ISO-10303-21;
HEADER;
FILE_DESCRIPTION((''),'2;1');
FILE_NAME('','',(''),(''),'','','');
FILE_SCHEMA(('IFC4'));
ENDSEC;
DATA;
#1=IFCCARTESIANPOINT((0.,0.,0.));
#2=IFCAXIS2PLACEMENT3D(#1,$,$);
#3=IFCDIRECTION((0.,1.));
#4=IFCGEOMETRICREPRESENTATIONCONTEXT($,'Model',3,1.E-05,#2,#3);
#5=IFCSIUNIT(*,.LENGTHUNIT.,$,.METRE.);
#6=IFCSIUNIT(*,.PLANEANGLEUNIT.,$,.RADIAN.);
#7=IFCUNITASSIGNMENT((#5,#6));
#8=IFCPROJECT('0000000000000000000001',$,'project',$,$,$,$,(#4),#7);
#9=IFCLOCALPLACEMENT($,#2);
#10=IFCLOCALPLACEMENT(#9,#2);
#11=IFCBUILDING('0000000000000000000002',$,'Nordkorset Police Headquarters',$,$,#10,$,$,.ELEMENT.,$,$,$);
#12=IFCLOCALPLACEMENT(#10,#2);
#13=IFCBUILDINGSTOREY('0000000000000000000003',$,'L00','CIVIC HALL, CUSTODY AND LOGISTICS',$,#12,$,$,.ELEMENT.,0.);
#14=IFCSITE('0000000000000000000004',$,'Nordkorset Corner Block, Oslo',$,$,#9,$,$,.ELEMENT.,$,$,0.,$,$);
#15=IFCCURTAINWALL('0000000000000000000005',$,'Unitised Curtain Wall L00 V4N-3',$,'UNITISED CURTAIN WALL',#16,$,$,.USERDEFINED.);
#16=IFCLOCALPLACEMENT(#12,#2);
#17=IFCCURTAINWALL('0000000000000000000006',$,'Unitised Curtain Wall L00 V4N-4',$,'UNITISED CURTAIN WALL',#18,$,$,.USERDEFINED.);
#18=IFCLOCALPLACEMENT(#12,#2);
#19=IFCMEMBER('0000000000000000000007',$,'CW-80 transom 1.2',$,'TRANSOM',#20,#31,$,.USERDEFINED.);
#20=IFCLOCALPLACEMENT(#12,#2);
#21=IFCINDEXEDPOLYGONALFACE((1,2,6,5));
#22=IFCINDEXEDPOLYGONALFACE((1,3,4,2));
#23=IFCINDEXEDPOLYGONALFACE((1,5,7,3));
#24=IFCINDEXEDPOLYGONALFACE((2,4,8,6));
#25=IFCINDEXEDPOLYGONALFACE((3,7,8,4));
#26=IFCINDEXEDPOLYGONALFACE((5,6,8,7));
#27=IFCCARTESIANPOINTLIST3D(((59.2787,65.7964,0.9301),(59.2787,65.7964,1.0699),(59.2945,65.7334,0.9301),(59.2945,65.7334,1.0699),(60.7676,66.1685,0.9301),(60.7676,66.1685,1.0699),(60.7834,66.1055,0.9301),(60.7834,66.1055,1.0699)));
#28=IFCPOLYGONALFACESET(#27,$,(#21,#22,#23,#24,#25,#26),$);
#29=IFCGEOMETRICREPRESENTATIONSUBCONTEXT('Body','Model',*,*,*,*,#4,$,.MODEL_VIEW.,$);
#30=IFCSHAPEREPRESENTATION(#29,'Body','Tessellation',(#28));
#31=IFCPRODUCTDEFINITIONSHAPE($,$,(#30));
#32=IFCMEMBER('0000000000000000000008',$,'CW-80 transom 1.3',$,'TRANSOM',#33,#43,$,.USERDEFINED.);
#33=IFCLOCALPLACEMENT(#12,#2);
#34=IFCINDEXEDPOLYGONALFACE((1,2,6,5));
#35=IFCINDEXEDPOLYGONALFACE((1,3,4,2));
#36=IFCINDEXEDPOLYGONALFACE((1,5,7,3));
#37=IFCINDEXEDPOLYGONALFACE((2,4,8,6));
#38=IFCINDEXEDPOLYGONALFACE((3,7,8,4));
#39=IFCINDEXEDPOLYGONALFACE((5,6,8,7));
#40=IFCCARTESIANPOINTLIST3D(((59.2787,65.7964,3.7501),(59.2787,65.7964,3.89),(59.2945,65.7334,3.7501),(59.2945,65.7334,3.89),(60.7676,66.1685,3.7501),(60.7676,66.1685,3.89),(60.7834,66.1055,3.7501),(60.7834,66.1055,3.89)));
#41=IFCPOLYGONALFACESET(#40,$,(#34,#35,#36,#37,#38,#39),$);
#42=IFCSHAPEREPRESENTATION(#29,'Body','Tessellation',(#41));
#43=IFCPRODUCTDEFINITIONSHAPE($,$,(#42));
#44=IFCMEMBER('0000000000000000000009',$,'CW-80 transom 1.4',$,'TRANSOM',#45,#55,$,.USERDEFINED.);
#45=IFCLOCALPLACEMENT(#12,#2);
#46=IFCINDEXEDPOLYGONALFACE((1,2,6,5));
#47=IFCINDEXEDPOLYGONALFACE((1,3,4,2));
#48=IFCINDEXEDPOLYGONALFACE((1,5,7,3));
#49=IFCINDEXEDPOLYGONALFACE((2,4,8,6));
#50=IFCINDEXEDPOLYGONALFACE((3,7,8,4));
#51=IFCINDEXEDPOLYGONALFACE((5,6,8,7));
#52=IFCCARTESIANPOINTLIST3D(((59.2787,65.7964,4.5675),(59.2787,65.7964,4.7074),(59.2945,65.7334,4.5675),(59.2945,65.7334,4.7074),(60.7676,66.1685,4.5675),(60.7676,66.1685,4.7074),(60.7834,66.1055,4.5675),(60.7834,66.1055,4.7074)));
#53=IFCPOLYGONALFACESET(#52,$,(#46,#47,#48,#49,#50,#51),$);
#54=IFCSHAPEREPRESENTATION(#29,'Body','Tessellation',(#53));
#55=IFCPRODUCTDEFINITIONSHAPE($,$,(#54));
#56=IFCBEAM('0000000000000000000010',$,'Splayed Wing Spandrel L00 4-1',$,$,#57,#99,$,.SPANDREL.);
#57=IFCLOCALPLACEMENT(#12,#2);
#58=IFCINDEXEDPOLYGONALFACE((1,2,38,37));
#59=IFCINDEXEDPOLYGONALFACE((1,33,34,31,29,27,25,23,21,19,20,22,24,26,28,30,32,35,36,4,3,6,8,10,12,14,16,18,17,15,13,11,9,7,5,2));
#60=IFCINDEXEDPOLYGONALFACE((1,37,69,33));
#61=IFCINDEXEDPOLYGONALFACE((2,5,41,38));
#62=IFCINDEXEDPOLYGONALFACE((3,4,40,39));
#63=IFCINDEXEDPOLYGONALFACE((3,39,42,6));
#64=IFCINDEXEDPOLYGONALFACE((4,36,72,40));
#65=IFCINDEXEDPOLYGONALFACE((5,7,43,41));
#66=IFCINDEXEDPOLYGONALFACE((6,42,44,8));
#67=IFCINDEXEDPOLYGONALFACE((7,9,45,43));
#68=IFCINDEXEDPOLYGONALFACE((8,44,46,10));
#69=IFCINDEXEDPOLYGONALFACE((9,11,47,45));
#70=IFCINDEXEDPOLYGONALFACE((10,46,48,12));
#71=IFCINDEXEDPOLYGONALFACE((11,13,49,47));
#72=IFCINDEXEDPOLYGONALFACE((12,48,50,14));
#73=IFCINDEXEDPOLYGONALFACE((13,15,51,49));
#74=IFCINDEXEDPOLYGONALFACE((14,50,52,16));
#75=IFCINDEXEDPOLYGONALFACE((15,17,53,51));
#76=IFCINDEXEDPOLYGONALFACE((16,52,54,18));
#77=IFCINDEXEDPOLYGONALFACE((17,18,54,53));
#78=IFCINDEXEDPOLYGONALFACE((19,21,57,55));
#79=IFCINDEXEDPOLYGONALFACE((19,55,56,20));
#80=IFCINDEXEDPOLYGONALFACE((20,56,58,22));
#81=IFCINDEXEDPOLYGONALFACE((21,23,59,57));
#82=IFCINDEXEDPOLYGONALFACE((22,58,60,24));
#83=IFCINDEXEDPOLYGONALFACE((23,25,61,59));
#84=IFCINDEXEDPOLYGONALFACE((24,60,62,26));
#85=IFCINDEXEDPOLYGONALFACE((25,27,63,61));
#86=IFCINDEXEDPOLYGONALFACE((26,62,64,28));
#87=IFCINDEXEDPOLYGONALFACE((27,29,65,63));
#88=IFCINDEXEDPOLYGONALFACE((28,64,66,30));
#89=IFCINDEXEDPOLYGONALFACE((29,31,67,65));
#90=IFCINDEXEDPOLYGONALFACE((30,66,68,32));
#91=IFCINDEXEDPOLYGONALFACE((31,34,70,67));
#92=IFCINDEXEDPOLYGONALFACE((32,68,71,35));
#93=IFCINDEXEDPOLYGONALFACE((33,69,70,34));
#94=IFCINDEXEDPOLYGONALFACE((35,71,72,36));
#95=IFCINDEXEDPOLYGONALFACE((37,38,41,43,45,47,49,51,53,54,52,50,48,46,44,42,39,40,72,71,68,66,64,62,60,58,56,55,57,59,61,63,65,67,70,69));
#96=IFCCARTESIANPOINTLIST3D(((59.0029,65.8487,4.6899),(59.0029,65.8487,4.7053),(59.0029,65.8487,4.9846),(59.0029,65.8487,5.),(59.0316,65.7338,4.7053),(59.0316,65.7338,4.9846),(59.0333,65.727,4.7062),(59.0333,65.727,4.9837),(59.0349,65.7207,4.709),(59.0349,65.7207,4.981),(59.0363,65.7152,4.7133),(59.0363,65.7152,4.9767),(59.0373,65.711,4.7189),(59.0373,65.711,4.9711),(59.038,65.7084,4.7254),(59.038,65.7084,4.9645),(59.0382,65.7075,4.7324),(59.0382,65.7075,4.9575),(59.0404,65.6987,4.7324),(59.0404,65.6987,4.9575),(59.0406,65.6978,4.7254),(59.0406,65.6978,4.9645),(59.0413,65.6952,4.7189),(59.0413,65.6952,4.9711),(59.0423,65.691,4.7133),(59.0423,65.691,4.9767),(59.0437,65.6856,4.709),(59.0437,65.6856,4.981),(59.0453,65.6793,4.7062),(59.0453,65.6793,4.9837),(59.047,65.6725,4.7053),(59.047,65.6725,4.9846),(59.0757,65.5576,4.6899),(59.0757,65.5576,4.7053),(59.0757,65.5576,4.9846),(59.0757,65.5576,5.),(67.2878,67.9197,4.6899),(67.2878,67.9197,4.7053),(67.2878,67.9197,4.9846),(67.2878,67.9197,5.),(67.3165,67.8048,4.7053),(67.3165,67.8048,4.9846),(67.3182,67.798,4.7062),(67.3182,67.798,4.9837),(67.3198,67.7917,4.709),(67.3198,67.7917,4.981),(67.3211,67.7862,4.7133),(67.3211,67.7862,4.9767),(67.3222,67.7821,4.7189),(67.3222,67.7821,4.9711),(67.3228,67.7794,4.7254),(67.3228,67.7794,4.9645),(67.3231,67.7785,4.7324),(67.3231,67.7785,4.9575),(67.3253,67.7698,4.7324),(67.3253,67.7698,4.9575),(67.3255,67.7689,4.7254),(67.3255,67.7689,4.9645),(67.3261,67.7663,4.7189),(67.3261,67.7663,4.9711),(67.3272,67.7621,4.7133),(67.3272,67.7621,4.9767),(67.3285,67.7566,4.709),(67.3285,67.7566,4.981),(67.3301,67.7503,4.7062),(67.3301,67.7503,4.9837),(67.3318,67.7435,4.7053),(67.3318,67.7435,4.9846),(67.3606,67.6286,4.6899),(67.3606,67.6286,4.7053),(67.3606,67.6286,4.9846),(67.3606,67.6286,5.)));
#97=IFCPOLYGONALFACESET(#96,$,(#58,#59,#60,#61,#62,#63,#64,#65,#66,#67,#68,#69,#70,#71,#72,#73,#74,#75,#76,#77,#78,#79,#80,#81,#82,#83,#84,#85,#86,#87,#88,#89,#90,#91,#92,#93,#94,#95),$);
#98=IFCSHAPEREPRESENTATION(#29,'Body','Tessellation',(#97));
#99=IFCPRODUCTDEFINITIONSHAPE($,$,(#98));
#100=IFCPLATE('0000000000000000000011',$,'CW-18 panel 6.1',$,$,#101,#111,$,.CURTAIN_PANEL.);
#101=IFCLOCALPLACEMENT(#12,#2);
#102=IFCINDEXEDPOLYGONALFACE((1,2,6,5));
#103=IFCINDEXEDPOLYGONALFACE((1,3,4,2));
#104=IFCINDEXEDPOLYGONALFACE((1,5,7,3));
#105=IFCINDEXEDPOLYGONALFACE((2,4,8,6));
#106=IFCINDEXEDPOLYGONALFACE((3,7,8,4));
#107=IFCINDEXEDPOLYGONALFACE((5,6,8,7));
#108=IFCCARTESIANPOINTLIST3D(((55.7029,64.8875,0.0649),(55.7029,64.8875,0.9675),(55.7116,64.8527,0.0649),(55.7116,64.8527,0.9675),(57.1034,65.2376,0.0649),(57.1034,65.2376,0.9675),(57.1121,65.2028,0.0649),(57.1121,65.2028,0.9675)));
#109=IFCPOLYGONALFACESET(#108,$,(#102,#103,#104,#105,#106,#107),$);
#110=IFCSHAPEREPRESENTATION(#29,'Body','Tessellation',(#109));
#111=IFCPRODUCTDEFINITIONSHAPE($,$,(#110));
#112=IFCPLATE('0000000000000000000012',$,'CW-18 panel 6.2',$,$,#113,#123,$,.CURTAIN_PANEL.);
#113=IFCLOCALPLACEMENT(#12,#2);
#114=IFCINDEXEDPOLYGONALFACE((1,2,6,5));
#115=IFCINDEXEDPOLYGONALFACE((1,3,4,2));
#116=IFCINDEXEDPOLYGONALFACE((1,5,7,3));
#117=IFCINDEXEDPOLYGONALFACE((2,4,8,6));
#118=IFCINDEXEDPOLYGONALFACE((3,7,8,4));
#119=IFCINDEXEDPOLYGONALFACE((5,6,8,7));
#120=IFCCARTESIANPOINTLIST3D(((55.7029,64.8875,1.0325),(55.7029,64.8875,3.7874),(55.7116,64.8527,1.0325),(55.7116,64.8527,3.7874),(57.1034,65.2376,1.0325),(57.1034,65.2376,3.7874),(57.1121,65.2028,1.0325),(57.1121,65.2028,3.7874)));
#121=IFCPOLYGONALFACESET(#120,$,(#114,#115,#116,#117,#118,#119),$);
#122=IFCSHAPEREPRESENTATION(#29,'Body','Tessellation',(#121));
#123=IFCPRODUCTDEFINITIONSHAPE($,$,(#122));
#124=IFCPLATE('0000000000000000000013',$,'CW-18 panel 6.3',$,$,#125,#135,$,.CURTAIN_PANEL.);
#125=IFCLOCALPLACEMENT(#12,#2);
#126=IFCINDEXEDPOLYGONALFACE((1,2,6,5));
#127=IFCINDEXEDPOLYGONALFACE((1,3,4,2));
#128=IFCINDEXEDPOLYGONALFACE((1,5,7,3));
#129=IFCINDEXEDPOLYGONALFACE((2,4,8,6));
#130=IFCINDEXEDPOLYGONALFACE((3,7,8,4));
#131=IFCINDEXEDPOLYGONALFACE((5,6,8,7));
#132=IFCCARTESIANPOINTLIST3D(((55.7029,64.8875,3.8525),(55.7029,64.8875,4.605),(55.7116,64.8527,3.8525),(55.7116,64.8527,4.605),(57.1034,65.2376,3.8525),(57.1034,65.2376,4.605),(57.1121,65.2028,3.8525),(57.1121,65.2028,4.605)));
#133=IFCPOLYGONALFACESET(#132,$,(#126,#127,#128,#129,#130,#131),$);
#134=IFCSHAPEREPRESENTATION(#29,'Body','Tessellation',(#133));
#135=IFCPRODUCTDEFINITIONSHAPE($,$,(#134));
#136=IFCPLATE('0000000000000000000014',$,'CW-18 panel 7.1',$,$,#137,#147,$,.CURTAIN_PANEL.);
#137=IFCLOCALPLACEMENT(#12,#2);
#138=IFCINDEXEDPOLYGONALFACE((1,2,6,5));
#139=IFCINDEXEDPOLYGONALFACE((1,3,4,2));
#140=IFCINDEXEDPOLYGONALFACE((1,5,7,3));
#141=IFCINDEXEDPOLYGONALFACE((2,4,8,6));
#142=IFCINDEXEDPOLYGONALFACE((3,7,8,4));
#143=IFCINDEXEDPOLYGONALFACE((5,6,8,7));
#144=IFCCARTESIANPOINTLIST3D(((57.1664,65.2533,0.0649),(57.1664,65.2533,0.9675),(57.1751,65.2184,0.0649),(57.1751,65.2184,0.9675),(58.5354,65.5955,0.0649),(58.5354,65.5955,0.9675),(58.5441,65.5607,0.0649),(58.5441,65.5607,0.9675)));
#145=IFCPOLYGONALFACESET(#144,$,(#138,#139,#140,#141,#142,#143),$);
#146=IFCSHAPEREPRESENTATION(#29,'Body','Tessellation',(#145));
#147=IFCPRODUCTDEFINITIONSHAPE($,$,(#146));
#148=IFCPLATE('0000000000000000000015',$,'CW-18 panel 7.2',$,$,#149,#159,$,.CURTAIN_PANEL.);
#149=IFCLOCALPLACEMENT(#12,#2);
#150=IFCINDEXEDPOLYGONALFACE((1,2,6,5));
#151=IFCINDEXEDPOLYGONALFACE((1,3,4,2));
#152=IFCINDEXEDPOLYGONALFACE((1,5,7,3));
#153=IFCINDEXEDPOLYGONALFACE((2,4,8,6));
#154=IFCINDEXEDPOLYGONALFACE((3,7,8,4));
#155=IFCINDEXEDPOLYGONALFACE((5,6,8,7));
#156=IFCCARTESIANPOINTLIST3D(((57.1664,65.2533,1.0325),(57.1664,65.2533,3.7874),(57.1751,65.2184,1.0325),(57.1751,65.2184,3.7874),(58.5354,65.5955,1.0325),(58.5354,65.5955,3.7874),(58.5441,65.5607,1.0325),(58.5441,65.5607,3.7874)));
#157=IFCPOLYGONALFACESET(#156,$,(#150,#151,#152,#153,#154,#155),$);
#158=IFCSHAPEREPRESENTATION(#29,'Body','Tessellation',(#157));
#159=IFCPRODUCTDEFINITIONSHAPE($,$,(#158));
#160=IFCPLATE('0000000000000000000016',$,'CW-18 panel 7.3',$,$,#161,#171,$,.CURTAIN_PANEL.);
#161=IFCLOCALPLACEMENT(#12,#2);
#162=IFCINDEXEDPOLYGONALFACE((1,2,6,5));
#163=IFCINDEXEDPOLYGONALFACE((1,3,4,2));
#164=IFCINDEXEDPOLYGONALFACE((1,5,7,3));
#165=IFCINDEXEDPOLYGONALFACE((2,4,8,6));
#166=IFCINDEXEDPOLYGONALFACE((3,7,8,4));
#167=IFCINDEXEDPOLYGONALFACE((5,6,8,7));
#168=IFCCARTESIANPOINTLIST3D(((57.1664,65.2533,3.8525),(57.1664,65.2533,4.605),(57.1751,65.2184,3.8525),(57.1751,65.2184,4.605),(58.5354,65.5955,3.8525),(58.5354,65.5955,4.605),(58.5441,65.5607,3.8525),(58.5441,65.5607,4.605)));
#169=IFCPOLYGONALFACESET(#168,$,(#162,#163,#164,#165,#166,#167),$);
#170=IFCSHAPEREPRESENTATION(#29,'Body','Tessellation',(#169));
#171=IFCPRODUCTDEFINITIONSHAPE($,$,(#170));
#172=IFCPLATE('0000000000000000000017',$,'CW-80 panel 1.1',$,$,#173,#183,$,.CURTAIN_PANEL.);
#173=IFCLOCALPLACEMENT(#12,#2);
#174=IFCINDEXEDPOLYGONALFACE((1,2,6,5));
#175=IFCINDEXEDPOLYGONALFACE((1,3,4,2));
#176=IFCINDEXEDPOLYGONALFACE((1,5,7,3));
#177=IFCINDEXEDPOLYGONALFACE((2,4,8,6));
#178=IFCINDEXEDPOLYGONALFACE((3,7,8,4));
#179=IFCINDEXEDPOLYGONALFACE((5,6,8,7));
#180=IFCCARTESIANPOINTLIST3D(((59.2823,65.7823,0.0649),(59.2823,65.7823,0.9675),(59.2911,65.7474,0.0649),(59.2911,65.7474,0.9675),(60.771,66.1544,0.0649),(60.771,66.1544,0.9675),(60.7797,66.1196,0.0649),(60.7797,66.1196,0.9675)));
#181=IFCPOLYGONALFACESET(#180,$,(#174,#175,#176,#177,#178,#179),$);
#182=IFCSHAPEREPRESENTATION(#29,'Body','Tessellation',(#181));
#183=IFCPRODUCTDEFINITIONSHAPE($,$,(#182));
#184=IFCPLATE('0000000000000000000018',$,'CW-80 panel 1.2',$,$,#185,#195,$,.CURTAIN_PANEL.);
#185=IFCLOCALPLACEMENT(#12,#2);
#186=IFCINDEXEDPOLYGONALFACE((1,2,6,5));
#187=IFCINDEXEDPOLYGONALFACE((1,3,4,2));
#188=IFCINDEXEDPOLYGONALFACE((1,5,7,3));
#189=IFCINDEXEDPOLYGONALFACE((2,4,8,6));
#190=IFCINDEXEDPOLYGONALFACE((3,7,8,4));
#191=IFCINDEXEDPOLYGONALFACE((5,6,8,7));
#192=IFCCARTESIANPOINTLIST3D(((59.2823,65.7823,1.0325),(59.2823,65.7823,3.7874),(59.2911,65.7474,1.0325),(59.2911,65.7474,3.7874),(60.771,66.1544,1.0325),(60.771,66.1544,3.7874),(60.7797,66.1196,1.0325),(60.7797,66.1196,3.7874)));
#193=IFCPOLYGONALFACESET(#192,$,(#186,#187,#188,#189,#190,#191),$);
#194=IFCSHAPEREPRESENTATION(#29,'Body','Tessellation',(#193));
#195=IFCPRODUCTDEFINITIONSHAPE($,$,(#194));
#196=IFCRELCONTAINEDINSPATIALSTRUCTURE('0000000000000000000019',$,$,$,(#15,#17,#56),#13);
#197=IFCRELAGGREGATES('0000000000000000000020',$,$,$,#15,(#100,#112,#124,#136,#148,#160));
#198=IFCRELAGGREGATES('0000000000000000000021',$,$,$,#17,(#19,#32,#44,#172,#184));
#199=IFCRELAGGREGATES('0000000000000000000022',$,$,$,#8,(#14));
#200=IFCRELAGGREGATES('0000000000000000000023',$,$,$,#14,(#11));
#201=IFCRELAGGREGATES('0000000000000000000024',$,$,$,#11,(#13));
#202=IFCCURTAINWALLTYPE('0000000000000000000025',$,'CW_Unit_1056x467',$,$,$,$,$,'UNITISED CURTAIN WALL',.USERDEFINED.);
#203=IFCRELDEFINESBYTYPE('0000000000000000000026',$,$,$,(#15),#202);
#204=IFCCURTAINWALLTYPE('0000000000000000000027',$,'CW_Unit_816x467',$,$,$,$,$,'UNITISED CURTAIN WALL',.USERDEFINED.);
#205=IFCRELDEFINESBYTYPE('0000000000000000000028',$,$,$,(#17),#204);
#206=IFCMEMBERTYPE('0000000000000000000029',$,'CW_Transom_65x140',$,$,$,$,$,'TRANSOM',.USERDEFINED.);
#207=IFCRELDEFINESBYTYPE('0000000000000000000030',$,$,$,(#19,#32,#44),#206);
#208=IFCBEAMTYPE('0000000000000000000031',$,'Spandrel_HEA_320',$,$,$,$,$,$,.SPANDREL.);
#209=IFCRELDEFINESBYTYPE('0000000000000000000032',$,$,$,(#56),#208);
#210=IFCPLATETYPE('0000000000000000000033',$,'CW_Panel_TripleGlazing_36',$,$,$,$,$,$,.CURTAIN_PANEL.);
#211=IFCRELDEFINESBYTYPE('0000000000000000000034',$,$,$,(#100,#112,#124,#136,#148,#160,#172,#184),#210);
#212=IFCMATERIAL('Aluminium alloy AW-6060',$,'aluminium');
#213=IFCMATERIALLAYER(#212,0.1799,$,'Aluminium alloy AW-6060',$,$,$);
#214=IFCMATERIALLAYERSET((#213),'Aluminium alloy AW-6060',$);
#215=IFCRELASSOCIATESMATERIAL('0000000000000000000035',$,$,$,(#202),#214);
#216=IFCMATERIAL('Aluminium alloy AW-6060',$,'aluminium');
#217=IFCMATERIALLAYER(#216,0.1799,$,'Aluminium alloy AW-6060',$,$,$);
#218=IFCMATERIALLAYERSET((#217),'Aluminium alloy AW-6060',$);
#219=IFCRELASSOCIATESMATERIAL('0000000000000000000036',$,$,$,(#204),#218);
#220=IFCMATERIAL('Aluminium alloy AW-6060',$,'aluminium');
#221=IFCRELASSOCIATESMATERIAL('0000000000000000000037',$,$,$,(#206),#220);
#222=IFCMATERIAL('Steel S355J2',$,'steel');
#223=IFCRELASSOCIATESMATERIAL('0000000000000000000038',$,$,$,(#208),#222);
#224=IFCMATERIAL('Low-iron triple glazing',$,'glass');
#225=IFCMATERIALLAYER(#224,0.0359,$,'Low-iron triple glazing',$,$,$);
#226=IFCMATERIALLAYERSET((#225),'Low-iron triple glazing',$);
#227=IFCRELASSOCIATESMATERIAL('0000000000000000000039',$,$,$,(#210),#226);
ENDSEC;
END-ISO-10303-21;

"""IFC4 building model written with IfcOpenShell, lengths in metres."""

from ifc_helpers import new_model, si_unit, direction, frame, origin, origin_2d, place, context, subcontext, project, spatial, rectangle, i_section, extrude, material, layer, layer_set, material_profile, profile_set, type_object, element, aggregate, save


model = new_model("IFC4")

# Units and contexts
model_context = context("Model", 3, precision=1e-05, world=origin(), true_north=direction((0.0, 1.0)))
body_context = subcontext(model_context, "Body", "Model", "MODEL_VIEW")
ifc_project = project(units=[si_unit("LENGTHUNIT", "METRE"), si_unit("PLANEANGLEUNIT", "RADIAN")], contexts=[model_context])

# Site, building, storey
site_placement = place(None, origin())
site = spatial("IfcSite", under=ifc_project, at=site_placement, Name="Nordkorset Corner Block, Oslo", CompositionType="ELEMENT", RefElevation=0.0)
building_placement = place(site_placement, origin())
building = spatial("IfcBuilding", under=site, at=building_placement, Name="Nordkorset Police Headquarters", CompositionType="ELEMENT")
storey_placement = place(building_placement, origin())
storey = spatial("IfcBuildingStorey", under=building, at=storey_placement, Name="L00", Description="CIVIC HALL, CUSTODY AND LOGISTICS", CompositionType="ELEMENT", Elevation=0.0)

# Curtain wall
ifc_material_1 = material(Name="Aluminium alloy AW-6060", Category="aluminium")
ifc_layer_1 = layer(ifc_material_1, 0.1799, Name="Aluminium alloy AW-6060")
ifc_layer_set_1 = layer_set([ifc_layer_1], Name="Aluminium alloy AW-6060")
curtain_wall_type_1 = type_object("IfcCurtainWallType", Name="CW_Unit_1056x467", ElementType="UNITISED CURTAIN WALL", PredefinedType="USERDEFINED", material=ifc_layer_set_1)
curtain_wall_1_placement = place(storey_placement, origin())
curtain_wall_1 = element("IfcCurtainWall", 1, at=curtain_wall_1_placement, inside=storey, type_object=curtain_wall_type_1, Name="Unitised Curtain Wall L00 V4N-3", ObjectType="UNITISED CURTAIN WALL", PredefinedType="USERDEFINED")

# Curtain wall
ifc_material_2 = material(Name="Aluminium alloy AW-6060", Category="aluminium")
ifc_layer_2 = layer(ifc_material_2, 0.1799, Name="Aluminium alloy AW-6060")
ifc_layer_set_2 = layer_set([ifc_layer_2], Name="Aluminium alloy AW-6060")
curtain_wall_type_2 = type_object("IfcCurtainWallType", Name="CW_Unit_816x467", ElementType="UNITISED CURTAIN WALL", PredefinedType="USERDEFINED", material=ifc_layer_set_2)
curtain_wall_2_placement = place(storey_placement, origin())
curtain_wall_2 = element("IfcCurtainWall", 2, at=curtain_wall_2_placement, inside=storey, type_object=curtain_wall_type_2, Name="Unitised Curtain Wall L00 V4N-4", ObjectType="UNITISED CURTAIN WALL", PredefinedType="USERDEFINED")

# Members
ifc_material_3 = material(Name="Aluminium alloy AW-6060", Category="aluminium")
ifc_material_profile_1 = material_profile(ifc_material_3, rectangle(XDim=0.0649, YDim=0.1399, at=origin_2d()), Name="ALU TRAN 65x140")
ifc_profile_set_1 = profile_set([ifc_material_profile_1], Name="Aluminium alloy AW-6060")
member_type_1 = type_object("IfcMemberType", Name="CW_Transom_65x140", ElementType="TRANSOM", PredefinedType="USERDEFINED", material=ifc_profile_set_1)
member_1_placement = place(storey_placement, frame((59.2866, 65.7649, 1.0), z_axis=(0.970161, 0.242461, 0.0), x_axis=(-0.242461, 0.970161, 0.0)))
member_1 = element("IfcMember", 3, at=member_1_placement, type_object=member_type_1, Name="CW-80 transom 1.2", ObjectType="TRANSOM", PredefinedType="USERDEFINED", context=body_context, shape_type="SweptSolid", body=[
    extrude(rectangle(XDim=0.0649, YDim=0.1399, at=origin_2d()), origin(), (0.0, 0.0, 1.0), 1.5347),
])
member_2_placement = place(storey_placement, frame((59.2866, 65.7649, 3.8201), z_axis=(0.970161, 0.242461, 0.0), x_axis=(-0.242461, 0.970161, 0.0)))
member_2 = element("IfcMember", 4, at=member_2_placement, type_object=member_type_1, Name="CW-80 transom 1.3", ObjectType="TRANSOM", PredefinedType="USERDEFINED", context=body_context, shape_type="SweptSolid", body=[
    extrude(rectangle(XDim=0.0649, YDim=0.1399, at=origin_2d()), origin(), (0.0, 0.0, 1.0), 1.5347),
])
member_3_placement = place(storey_placement, frame((59.2866, 65.7649, 4.6375), z_axis=(0.970161, 0.242461, 0.0), x_axis=(-0.242461, 0.970161, 0.0)))
member_3 = element("IfcMember", 5, at=member_3_placement, type_object=member_type_1, Name="CW-80 transom 1.4", ObjectType="TRANSOM", PredefinedType="USERDEFINED", context=body_context, shape_type="SweptSolid", body=[
    extrude(rectangle(XDim=0.0649, YDim=0.1399, at=origin_2d()), origin(), (0.0, 0.0, 1.0), 1.5347),
])

# Beam
ifc_material_4 = material(Name="Steel S355J2", Category="steel")
ifc_material_profile_2 = material_profile(ifc_material_4, i_section(OverallWidth=0.3, OverallDepth=0.3101, WebThickness=0.009, FlangeThickness=0.0154, FilletRadius=0.0271, at=origin_2d()), Name="HEA 320")
ifc_profile_set_2 = profile_set([ifc_material_profile_2], Name="Steel S355J2")
beam_type = type_object("IfcBeamType", Name="Spandrel_HEA_320", PredefinedType="SPANDREL", material=ifc_profile_set_2)
beam_placement = place(storey_placement, frame((59.0393, 65.7031, 4.845), z_axis=(0.970148, 0.242515, 0.0), x_axis=(-0.242515, 0.970148, 0.0)))
element("IfcBeam", 6, at=beam_placement, inside=storey, type_object=beam_type, Name="Splayed Wing Spandrel L00 4-1", PredefinedType="SPANDREL", context=body_context, shape_type="SweptSolid", body=[
    extrude(i_section(OverallWidth=0.3, OverallDepth=0.3101, WebThickness=0.009, FlangeThickness=0.0154, FilletRadius=0.0271, at=origin_2d()), origin(), (0.0, 0.0, 1.0), 8.5398),
])

# Plates
ifc_material_5 = material(Name="Low-iron triple glazing", Category="glass")
ifc_layer_3 = layer(ifc_material_5, 0.0359, Name="Low-iron triple glazing")
ifc_layer_set_3 = layer_set([ifc_layer_3], Name="Low-iron triple glazing")
plate_type = type_object("IfcPlateType", Name="CW_Panel_TripleGlazing_36", PredefinedType="CURTAIN_PANEL", material=ifc_layer_set_3)
plate_1_placement = place(storey_placement, frame((56.4075, 65.0452, 0.0649), z_axis=(0.0, 0.0, 1.0), x_axis=(0.970142, 0.242536, 0.0)))
plate_1 = element("IfcPlate", 7, at=plate_1_placement, type_object=plate_type, Name="CW-18 panel 6.1", PredefinedType="CURTAIN_PANEL", context=body_context, shape_type="SweptSolid", body=[
    extrude(rectangle(XDim=1.4436, YDim=0.0359, at=origin_2d()), origin(), (0.0, 0.0, 1.0), 0.9026),
])
plate_2_placement = place(storey_placement, frame((56.4075, 65.0452, 1.0325), z_axis=(0.0, 0.0, 1.0), x_axis=(0.970142, 0.242536, 0.0)))
plate_2 = element("IfcPlate", 8, at=plate_2_placement, type_object=plate_type, Name="CW-18 panel 6.2", PredefinedType="CURTAIN_PANEL", context=body_context, shape_type="SweptSolid", body=[
    extrude(rectangle(XDim=1.4436, YDim=0.0359, at=origin_2d()), origin(), (0.0, 0.0, 1.0), 2.7549),
])
plate_3_placement = place(storey_placement, frame((56.4075, 65.0452, 3.8525), z_axis=(0.0, 0.0, 1.0), x_axis=(0.970142, 0.242536, 0.0)))
plate_3 = element("IfcPlate", 9, at=plate_3_placement, type_object=plate_type, Name="CW-18 panel 6.3", PredefinedType="CURTAIN_PANEL", context=body_context, shape_type="SweptSolid", body=[
    extrude(rectangle(XDim=1.4436, YDim=0.0359, at=origin_2d()), origin(), (0.0, 0.0, 1.0), 0.7524),
])
plate_4_placement = place(storey_placement, frame((57.8552, 65.407, 0.0649), z_axis=(0.0, 0.0, 1.0), x_axis=(0.970142, 0.242536, 0.0)))
plate_4 = element("IfcPlate", 10, at=plate_4_placement, type_object=plate_type, Name="CW-18 panel 7.1", PredefinedType="CURTAIN_PANEL", context=body_context, shape_type="SweptSolid", body=[
    extrude(rectangle(XDim=1.4111, YDim=0.0359, at=origin_2d()), origin(), (0.0, 0.0, 1.0), 0.9026),
])
plate_5_placement = place(storey_placement, frame((57.8552, 65.407, 1.0325), z_axis=(0.0, 0.0, 1.0), x_axis=(0.970142, 0.242536, 0.0)))
plate_5 = element("IfcPlate", 11, at=plate_5_placement, type_object=plate_type, Name="CW-18 panel 7.2", PredefinedType="CURTAIN_PANEL", context=body_context, shape_type="SweptSolid", body=[
    extrude(rectangle(XDim=1.4111, YDim=0.0359, at=origin_2d()), origin(), (0.0, 0.0, 1.0), 2.7549),
])
plate_6_placement = place(storey_placement, frame((57.8552, 65.407, 3.8525), z_axis=(0.0, 0.0, 1.0), x_axis=(0.970142, 0.242536, 0.0)))
plate_6 = element("IfcPlate", 12, at=plate_6_placement, type_object=plate_type, Name="CW-18 panel 7.3", PredefinedType="CURTAIN_PANEL", context=body_context, shape_type="SweptSolid", body=[
    extrude(rectangle(XDim=1.4111, YDim=0.0359, at=origin_2d()), origin(), (0.0, 0.0, 1.0), 0.7524),
])
aggregate(curtain_wall_1, [plate_1, plate_2, plate_3, plate_4, plate_5, plate_6])
plate_7_placement = place(storey_placement, frame((60.031, 65.9509, 0.0649), z_axis=(0.0, 0.0, 1.0), x_axis=(0.970143, 0.242535, 0.0)))
plate_7 = element("IfcPlate", 13, at=plate_7_placement, type_object=plate_type, Name="CW-80 panel 1.1", PredefinedType="CURTAIN_PANEL", context=body_context, shape_type="SweptSolid", body=[
    extrude(rectangle(XDim=1.5344, YDim=0.0359, at=origin_2d()), origin(), (0.0, 0.0, 1.0), 0.9026),
])
plate_8_placement = place(storey_placement, frame((60.031, 65.9509, 1.0325), z_axis=(0.0, 0.0, 1.0), x_axis=(0.970143, 0.242535, 0.0)))
plate_8 = element("IfcPlate", 14, at=plate_8_placement, type_object=plate_type, Name="CW-80 panel 1.2", PredefinedType="CURTAIN_PANEL", context=body_context, shape_type="SweptSolid", body=[
    extrude(rectangle(XDim=1.5344, YDim=0.0359, at=origin_2d()), origin(), (0.0, 0.0, 1.0), 2.7549),
])
aggregate(curtain_wall_2, [member_1, member_2, member_3, plate_7, plate_8])

save(model, "model.ifc")
